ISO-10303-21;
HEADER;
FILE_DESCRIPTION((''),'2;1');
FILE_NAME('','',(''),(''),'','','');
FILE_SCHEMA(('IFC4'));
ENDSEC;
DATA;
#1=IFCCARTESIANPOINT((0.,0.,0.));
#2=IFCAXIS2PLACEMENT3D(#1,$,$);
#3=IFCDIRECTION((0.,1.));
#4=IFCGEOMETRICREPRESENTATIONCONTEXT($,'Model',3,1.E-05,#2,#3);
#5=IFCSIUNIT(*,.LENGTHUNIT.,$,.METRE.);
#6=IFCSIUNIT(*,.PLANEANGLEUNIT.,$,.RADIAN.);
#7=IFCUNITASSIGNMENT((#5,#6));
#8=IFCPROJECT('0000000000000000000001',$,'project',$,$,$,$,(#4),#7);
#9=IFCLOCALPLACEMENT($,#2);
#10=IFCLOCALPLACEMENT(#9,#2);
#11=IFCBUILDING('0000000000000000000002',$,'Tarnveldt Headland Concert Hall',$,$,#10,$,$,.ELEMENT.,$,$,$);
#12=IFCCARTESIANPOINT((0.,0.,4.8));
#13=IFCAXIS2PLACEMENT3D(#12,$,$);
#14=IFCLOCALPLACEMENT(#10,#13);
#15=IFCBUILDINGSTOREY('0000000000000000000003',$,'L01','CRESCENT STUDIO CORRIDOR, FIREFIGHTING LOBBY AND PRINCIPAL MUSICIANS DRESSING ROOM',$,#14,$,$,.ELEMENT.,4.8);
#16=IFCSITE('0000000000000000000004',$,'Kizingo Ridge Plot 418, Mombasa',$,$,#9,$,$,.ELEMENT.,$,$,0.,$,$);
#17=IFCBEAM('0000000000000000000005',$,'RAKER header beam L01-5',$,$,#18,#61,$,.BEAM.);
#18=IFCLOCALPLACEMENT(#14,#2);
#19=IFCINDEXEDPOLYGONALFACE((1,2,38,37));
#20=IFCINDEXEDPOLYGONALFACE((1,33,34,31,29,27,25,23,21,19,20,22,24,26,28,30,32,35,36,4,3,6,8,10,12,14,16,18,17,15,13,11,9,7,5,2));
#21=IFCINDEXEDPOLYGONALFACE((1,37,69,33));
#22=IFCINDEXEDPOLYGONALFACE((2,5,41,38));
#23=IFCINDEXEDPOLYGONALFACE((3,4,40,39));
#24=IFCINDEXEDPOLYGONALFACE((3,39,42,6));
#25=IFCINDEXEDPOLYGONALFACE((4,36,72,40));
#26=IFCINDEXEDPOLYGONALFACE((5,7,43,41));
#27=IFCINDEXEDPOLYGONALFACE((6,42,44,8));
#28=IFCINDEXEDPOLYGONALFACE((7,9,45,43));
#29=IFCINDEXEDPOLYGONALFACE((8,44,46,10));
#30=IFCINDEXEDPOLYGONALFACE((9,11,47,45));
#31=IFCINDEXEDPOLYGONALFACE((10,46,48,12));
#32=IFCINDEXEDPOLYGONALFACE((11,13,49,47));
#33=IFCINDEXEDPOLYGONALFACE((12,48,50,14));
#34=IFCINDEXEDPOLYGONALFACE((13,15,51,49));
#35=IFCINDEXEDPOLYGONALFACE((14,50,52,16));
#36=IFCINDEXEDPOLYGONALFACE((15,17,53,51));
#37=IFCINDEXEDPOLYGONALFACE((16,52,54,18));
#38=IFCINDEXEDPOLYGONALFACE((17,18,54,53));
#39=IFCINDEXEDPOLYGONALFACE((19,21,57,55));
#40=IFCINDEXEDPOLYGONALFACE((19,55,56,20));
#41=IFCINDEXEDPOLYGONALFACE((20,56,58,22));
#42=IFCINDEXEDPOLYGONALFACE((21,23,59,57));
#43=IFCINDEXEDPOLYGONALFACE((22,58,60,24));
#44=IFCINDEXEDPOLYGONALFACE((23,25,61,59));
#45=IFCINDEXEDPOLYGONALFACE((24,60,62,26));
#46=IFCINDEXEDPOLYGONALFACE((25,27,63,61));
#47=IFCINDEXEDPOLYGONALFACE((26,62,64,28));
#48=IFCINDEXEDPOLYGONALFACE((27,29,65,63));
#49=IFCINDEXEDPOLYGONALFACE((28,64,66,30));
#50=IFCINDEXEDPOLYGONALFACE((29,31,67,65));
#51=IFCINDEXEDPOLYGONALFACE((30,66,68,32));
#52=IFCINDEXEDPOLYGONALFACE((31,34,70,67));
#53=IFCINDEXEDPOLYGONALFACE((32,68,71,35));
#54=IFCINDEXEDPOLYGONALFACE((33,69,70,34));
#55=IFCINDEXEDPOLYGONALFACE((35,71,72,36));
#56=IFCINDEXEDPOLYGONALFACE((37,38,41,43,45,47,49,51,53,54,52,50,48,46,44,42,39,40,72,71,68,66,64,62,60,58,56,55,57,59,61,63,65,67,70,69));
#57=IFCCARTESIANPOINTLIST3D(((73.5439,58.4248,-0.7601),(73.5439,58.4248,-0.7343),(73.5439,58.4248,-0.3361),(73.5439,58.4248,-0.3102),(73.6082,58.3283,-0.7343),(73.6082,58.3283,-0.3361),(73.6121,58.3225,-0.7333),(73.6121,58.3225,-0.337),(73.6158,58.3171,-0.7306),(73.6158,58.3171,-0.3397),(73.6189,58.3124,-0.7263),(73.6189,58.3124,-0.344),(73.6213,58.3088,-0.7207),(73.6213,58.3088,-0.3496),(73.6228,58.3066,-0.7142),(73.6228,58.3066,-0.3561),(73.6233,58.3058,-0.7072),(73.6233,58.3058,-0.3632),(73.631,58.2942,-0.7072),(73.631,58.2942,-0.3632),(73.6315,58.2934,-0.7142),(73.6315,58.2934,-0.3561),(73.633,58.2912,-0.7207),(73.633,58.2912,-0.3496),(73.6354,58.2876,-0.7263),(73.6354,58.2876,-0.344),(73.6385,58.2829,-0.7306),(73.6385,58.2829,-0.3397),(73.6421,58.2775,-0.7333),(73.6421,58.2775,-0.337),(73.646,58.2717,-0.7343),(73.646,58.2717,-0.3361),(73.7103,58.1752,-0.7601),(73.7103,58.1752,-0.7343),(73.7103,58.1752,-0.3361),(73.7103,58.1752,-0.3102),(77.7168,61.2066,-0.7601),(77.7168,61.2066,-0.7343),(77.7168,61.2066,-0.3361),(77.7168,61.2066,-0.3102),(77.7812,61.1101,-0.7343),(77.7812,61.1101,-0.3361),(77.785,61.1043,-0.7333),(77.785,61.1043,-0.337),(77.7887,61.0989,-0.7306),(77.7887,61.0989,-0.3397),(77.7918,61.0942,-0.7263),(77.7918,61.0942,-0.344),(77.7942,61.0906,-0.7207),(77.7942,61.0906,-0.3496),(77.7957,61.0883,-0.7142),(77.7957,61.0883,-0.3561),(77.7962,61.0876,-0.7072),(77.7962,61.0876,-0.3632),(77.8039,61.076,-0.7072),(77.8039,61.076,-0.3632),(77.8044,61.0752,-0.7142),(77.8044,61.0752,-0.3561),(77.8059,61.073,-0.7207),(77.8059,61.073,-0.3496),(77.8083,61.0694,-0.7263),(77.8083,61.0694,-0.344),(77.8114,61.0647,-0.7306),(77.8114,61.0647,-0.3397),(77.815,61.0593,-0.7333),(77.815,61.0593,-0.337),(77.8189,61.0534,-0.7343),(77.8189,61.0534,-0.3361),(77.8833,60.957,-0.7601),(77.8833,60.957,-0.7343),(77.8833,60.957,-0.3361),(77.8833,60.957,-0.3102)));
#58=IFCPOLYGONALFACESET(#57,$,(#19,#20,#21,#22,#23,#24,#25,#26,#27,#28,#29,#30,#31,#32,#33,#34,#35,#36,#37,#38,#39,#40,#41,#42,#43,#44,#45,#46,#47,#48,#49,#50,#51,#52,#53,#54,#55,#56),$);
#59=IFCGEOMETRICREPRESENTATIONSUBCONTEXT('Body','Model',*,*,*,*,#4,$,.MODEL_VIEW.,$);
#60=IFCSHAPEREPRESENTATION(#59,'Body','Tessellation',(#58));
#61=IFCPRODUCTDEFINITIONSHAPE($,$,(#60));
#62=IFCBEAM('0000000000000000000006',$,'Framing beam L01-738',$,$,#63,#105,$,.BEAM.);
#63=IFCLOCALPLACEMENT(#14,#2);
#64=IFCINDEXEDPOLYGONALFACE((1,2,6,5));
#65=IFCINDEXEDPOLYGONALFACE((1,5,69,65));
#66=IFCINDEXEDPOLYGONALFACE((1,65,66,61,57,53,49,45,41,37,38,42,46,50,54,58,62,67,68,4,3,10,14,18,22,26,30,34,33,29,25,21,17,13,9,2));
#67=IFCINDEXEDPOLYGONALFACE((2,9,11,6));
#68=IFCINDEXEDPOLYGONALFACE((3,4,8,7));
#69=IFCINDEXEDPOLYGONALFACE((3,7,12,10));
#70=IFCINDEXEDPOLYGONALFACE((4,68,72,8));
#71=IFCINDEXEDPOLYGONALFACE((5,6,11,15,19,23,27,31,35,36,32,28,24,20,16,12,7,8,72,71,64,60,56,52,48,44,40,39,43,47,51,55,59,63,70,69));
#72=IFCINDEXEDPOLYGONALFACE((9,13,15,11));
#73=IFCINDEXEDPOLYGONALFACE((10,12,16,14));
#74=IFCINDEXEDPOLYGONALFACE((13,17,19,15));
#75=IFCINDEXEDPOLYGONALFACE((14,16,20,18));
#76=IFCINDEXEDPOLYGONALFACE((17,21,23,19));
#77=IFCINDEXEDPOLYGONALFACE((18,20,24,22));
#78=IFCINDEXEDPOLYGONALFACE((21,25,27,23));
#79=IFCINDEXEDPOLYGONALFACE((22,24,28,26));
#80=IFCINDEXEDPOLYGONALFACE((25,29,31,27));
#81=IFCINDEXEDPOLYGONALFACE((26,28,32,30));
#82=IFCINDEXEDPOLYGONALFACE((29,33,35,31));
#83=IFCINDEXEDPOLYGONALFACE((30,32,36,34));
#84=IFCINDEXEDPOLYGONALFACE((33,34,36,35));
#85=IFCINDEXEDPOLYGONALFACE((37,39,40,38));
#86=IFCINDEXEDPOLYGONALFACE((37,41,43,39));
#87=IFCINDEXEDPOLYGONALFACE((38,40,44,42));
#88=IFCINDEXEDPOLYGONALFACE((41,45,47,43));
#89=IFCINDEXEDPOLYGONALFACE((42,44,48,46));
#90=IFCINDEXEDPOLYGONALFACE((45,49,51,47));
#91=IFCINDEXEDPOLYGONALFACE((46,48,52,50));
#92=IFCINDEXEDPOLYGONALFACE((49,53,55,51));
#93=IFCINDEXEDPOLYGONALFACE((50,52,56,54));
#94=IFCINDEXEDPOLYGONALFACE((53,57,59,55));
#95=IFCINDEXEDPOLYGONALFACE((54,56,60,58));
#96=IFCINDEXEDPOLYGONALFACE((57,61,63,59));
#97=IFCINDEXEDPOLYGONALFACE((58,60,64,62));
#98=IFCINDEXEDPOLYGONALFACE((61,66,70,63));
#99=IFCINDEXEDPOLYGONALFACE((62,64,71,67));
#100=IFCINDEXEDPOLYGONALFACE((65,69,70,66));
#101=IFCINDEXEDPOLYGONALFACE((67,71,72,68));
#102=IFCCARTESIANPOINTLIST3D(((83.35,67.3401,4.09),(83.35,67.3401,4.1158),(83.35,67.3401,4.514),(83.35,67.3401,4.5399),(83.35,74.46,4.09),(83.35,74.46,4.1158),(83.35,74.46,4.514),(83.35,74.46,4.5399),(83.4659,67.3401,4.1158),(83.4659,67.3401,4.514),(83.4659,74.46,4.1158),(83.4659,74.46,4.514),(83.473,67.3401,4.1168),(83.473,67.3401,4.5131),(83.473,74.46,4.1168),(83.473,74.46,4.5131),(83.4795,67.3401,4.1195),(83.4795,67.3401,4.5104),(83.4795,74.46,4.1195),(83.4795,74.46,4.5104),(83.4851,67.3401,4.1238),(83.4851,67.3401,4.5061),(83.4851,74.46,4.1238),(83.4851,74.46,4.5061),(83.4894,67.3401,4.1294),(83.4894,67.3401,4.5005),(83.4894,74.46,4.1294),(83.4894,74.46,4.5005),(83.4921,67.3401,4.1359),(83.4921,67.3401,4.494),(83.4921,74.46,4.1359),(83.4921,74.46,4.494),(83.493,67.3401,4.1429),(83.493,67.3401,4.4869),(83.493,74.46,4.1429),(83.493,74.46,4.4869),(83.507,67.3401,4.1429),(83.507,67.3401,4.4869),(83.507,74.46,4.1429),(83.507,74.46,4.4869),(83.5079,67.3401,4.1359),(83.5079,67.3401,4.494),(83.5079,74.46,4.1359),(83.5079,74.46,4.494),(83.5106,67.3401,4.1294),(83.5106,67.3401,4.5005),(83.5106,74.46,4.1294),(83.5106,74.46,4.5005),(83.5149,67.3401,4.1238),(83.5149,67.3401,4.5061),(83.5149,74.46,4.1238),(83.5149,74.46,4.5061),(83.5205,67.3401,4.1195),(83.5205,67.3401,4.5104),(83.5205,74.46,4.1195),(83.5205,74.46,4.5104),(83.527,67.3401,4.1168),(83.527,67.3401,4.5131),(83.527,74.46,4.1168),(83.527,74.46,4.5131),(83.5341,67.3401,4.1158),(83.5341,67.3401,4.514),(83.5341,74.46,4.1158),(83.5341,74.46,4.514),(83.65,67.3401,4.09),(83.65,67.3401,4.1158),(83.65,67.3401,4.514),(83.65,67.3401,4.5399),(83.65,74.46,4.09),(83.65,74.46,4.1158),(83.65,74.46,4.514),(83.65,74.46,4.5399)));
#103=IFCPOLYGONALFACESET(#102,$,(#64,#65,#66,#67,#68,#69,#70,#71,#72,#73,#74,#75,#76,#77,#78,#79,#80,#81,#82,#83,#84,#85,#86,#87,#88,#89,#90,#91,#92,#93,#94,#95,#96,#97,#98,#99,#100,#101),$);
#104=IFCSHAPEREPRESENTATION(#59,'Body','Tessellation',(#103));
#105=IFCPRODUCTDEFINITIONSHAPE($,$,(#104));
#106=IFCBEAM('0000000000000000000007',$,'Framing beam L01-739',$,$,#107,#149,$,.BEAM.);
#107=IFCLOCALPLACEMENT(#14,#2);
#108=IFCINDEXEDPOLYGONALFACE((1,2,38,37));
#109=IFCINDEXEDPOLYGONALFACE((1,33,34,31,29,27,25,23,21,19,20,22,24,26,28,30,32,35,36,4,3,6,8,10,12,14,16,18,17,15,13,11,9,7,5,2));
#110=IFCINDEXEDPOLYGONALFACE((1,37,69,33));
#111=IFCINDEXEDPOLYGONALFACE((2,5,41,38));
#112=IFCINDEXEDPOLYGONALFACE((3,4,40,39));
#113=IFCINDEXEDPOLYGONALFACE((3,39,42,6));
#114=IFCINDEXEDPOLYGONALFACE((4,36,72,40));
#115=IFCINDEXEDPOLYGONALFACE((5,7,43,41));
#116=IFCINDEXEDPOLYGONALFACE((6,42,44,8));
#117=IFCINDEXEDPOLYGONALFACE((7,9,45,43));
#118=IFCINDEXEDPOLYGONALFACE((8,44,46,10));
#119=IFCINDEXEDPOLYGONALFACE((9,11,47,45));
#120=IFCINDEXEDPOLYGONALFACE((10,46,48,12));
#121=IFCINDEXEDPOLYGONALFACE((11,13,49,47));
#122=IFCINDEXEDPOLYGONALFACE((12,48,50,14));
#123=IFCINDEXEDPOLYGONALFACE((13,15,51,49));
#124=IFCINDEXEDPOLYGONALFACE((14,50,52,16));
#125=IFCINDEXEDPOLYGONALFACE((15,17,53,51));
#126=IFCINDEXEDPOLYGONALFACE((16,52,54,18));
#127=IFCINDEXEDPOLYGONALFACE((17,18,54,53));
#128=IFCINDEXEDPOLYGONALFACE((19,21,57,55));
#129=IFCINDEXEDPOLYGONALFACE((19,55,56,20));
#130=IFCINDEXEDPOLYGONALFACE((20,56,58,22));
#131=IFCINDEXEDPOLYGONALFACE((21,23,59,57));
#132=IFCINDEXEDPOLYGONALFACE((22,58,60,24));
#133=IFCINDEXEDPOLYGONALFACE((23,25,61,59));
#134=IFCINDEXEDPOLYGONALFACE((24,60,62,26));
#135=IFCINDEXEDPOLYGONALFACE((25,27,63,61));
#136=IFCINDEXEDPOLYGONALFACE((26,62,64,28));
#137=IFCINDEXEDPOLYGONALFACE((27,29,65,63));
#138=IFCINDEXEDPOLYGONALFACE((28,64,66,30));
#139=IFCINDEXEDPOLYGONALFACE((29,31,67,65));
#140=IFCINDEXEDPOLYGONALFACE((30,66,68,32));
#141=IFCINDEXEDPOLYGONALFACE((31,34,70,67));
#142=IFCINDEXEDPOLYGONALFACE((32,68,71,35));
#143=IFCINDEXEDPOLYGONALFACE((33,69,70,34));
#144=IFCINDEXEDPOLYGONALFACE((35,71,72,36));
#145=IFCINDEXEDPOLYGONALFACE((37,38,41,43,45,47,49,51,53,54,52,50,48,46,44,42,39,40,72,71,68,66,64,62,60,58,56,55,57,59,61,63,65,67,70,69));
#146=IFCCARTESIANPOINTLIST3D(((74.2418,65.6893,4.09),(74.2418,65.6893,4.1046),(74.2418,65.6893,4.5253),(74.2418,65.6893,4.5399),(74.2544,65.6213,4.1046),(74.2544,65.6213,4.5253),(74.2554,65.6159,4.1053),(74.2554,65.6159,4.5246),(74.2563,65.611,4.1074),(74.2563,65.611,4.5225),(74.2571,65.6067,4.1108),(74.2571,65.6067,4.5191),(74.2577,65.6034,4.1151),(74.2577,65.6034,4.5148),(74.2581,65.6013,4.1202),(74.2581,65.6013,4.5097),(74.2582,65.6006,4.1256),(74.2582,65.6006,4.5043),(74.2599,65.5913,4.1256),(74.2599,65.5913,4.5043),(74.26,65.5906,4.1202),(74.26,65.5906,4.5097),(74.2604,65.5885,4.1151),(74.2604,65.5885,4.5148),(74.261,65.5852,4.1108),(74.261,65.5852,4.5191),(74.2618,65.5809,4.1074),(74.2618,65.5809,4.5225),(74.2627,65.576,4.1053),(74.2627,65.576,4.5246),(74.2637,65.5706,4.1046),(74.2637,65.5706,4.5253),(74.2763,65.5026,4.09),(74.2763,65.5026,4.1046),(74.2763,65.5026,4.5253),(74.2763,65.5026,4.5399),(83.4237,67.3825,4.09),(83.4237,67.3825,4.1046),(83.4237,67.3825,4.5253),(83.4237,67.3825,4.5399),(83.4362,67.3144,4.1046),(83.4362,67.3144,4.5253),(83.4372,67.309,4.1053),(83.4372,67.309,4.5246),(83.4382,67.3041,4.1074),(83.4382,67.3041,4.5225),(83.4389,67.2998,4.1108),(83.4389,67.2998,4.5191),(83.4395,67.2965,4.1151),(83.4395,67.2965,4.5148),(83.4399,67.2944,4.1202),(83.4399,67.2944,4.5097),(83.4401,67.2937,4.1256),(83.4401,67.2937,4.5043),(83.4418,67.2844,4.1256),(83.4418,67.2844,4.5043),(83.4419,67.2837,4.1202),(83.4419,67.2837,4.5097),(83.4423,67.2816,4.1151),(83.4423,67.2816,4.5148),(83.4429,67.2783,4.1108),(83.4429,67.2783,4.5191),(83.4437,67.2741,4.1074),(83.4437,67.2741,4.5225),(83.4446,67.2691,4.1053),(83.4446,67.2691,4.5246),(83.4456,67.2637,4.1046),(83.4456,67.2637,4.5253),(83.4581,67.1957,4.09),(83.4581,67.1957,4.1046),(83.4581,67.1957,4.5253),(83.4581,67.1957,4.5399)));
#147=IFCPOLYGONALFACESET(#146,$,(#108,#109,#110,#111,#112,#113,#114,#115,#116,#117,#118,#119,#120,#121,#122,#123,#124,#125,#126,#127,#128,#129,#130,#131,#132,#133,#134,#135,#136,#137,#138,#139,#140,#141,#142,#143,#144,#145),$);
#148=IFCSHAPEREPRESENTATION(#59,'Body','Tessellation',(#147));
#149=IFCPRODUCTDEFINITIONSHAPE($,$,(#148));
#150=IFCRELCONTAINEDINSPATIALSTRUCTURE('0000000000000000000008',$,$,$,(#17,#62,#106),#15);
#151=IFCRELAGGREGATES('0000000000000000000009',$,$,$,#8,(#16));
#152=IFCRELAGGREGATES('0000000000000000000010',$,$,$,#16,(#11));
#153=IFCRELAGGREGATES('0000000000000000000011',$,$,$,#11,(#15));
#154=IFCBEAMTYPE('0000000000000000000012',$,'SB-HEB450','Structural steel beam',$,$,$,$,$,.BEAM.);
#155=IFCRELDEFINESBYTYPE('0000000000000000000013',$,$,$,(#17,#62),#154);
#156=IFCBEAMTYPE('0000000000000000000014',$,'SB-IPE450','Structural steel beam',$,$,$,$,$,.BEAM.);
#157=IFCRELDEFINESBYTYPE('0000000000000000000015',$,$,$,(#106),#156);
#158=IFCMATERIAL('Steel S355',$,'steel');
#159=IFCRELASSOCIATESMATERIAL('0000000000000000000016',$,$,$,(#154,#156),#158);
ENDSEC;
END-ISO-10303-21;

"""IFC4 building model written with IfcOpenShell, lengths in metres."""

from ifc_helpers import new_model, si_unit, direction, frame, origin, origin_2d, place, context, subcontext, project, spatial, i_section, extrude, material, material_profile, profile_set, type_object, element, save


model = new_model("IFC4")

# Units and contexts
model_context = context("Model", 3, precision=1e-05, world=origin(), true_north=direction((0.0, 1.0)))
body_context = subcontext(model_context, "Body", "Model", "MODEL_VIEW")
ifc_project = project(units=[si_unit("LENGTHUNIT", "METRE"), si_unit("PLANEANGLEUNIT", "RADIAN")], contexts=[model_context])

# Site, building, storey
site_placement = place(None, origin())
site = spatial("IfcSite", under=ifc_project, at=site_placement, Name="Kizingo Ridge Plot 418, Mombasa", CompositionType="ELEMENT", RefElevation=0.0)
building_placement = place(site_placement, origin())
building = spatial("IfcBuilding", under=site, at=building_placement, Name="Tarnveldt Headland Concert Hall", CompositionType="ELEMENT")
storey_placement = place(building_placement, frame((0.0, 0.0, 4.8)))
storey = spatial("IfcBuildingStorey", under=building, at=storey_placement, Name="L01", Description="CRESCENT STUDIO CORRIDOR, FIREFIGHTING LOBBY AND PRINCIPAL MUSICIANS DRESSING ROOM", CompositionType="ELEMENT", Elevation=4.8)

# Shared definitions
ifc_material_1 = material(Name="Steel S355", Category="steel")

# Beams
ifc_material_profile_1 = material_profile(ifc_material_1, i_section(OverallWidth=0.3, OverallDepth=0.45, WebThickness=0.0139, FlangeThickness=0.0259, FilletRadius=0.0271, at=origin_2d()), Name="HEB450", Category="steel")
ifc_profile_set_1 = profile_set([ifc_material_profile_1], Name="Steel S355")
beam_type_1 = type_object("IfcBeamType", Name="SB-HEB450", Description="Structural steel beam", PredefinedType="BEAM", material=ifc_profile_set_1)
beam_1_placement = place(storey_placement, frame((77.8, 61.0818, -0.5352), z_axis=(-0.832065, -0.554678, 0.0), x_axis=(0.554678, -0.832065, 0.0)))
element("IfcBeam", 1, at=beam_1_placement, inside=storey, type_object=beam_type_1, Name="RAKER header beam L01-5", PredefinedType="BEAM", context=body_context, shape_type="SweptSolid", body=[
    extrude(i_section(OverallWidth=0.3, OverallDepth=0.45, WebThickness=0.0139, FlangeThickness=0.0259, FilletRadius=0.0271, at=origin_2d()), origin(), (0.0, 0.0, 1.0), 5.0151),
])
beam_2_placement = place(storey_placement, frame((83.5, 67.3401, 4.3149), z_axis=(0.0, 1.0, 0.0), x_axis=(-1.0, 0.0, 0.0)))
element("IfcBeam", 2, at=beam_2_placement, inside=storey, type_object=beam_type_1, Name="Framing beam L01-738", PredefinedType="BEAM", context=body_context, shape_type="SweptSolid", body=[
    extrude(i_section(OverallWidth=0.3, OverallDepth=0.45, WebThickness=0.0139, FlangeThickness=0.0259, FilletRadius=0.0271, at=origin_2d()), origin(), (0.0, 0.0, 1.0), 7.1199),
])
ifc_material_profile_2 = material_profile(ifc_material_1, i_section(OverallWidth=0.1899, OverallDepth=0.45, WebThickness=0.0095, FlangeThickness=0.0146, FilletRadius=0.021, at=origin_2d()), Name="IPE450", Category="steel")
ifc_profile_set_2 = profile_set([ifc_material_profile_2], Name="Steel S355")
beam_type_2 = type_object("IfcBeamType", Name="SB-IPE450", Description="Structural steel beam", PredefinedType="BEAM", material=ifc_profile_set_2)
beam_3_placement = place(storey_placement, frame((83.4409, 67.2891, 4.3149), z_axis=(-0.98342, -0.18134, 0.0), x_axis=(0.18134, -0.98342, 0.0)))
element("IfcBeam", 3, at=beam_3_placement, inside=storey, type_object=beam_type_2, Name="Framing beam L01-739", PredefinedType="BEAM", context=body_context, shape_type="SweptSolid", body=[
    extrude(i_section(OverallWidth=0.1899, OverallDepth=0.45, WebThickness=0.0095, FlangeThickness=0.0146, FilletRadius=0.021, at=origin_2d()), origin(), (0.0, 0.0, 1.0), 9.3367),
])

save(model, "model.ifc")
